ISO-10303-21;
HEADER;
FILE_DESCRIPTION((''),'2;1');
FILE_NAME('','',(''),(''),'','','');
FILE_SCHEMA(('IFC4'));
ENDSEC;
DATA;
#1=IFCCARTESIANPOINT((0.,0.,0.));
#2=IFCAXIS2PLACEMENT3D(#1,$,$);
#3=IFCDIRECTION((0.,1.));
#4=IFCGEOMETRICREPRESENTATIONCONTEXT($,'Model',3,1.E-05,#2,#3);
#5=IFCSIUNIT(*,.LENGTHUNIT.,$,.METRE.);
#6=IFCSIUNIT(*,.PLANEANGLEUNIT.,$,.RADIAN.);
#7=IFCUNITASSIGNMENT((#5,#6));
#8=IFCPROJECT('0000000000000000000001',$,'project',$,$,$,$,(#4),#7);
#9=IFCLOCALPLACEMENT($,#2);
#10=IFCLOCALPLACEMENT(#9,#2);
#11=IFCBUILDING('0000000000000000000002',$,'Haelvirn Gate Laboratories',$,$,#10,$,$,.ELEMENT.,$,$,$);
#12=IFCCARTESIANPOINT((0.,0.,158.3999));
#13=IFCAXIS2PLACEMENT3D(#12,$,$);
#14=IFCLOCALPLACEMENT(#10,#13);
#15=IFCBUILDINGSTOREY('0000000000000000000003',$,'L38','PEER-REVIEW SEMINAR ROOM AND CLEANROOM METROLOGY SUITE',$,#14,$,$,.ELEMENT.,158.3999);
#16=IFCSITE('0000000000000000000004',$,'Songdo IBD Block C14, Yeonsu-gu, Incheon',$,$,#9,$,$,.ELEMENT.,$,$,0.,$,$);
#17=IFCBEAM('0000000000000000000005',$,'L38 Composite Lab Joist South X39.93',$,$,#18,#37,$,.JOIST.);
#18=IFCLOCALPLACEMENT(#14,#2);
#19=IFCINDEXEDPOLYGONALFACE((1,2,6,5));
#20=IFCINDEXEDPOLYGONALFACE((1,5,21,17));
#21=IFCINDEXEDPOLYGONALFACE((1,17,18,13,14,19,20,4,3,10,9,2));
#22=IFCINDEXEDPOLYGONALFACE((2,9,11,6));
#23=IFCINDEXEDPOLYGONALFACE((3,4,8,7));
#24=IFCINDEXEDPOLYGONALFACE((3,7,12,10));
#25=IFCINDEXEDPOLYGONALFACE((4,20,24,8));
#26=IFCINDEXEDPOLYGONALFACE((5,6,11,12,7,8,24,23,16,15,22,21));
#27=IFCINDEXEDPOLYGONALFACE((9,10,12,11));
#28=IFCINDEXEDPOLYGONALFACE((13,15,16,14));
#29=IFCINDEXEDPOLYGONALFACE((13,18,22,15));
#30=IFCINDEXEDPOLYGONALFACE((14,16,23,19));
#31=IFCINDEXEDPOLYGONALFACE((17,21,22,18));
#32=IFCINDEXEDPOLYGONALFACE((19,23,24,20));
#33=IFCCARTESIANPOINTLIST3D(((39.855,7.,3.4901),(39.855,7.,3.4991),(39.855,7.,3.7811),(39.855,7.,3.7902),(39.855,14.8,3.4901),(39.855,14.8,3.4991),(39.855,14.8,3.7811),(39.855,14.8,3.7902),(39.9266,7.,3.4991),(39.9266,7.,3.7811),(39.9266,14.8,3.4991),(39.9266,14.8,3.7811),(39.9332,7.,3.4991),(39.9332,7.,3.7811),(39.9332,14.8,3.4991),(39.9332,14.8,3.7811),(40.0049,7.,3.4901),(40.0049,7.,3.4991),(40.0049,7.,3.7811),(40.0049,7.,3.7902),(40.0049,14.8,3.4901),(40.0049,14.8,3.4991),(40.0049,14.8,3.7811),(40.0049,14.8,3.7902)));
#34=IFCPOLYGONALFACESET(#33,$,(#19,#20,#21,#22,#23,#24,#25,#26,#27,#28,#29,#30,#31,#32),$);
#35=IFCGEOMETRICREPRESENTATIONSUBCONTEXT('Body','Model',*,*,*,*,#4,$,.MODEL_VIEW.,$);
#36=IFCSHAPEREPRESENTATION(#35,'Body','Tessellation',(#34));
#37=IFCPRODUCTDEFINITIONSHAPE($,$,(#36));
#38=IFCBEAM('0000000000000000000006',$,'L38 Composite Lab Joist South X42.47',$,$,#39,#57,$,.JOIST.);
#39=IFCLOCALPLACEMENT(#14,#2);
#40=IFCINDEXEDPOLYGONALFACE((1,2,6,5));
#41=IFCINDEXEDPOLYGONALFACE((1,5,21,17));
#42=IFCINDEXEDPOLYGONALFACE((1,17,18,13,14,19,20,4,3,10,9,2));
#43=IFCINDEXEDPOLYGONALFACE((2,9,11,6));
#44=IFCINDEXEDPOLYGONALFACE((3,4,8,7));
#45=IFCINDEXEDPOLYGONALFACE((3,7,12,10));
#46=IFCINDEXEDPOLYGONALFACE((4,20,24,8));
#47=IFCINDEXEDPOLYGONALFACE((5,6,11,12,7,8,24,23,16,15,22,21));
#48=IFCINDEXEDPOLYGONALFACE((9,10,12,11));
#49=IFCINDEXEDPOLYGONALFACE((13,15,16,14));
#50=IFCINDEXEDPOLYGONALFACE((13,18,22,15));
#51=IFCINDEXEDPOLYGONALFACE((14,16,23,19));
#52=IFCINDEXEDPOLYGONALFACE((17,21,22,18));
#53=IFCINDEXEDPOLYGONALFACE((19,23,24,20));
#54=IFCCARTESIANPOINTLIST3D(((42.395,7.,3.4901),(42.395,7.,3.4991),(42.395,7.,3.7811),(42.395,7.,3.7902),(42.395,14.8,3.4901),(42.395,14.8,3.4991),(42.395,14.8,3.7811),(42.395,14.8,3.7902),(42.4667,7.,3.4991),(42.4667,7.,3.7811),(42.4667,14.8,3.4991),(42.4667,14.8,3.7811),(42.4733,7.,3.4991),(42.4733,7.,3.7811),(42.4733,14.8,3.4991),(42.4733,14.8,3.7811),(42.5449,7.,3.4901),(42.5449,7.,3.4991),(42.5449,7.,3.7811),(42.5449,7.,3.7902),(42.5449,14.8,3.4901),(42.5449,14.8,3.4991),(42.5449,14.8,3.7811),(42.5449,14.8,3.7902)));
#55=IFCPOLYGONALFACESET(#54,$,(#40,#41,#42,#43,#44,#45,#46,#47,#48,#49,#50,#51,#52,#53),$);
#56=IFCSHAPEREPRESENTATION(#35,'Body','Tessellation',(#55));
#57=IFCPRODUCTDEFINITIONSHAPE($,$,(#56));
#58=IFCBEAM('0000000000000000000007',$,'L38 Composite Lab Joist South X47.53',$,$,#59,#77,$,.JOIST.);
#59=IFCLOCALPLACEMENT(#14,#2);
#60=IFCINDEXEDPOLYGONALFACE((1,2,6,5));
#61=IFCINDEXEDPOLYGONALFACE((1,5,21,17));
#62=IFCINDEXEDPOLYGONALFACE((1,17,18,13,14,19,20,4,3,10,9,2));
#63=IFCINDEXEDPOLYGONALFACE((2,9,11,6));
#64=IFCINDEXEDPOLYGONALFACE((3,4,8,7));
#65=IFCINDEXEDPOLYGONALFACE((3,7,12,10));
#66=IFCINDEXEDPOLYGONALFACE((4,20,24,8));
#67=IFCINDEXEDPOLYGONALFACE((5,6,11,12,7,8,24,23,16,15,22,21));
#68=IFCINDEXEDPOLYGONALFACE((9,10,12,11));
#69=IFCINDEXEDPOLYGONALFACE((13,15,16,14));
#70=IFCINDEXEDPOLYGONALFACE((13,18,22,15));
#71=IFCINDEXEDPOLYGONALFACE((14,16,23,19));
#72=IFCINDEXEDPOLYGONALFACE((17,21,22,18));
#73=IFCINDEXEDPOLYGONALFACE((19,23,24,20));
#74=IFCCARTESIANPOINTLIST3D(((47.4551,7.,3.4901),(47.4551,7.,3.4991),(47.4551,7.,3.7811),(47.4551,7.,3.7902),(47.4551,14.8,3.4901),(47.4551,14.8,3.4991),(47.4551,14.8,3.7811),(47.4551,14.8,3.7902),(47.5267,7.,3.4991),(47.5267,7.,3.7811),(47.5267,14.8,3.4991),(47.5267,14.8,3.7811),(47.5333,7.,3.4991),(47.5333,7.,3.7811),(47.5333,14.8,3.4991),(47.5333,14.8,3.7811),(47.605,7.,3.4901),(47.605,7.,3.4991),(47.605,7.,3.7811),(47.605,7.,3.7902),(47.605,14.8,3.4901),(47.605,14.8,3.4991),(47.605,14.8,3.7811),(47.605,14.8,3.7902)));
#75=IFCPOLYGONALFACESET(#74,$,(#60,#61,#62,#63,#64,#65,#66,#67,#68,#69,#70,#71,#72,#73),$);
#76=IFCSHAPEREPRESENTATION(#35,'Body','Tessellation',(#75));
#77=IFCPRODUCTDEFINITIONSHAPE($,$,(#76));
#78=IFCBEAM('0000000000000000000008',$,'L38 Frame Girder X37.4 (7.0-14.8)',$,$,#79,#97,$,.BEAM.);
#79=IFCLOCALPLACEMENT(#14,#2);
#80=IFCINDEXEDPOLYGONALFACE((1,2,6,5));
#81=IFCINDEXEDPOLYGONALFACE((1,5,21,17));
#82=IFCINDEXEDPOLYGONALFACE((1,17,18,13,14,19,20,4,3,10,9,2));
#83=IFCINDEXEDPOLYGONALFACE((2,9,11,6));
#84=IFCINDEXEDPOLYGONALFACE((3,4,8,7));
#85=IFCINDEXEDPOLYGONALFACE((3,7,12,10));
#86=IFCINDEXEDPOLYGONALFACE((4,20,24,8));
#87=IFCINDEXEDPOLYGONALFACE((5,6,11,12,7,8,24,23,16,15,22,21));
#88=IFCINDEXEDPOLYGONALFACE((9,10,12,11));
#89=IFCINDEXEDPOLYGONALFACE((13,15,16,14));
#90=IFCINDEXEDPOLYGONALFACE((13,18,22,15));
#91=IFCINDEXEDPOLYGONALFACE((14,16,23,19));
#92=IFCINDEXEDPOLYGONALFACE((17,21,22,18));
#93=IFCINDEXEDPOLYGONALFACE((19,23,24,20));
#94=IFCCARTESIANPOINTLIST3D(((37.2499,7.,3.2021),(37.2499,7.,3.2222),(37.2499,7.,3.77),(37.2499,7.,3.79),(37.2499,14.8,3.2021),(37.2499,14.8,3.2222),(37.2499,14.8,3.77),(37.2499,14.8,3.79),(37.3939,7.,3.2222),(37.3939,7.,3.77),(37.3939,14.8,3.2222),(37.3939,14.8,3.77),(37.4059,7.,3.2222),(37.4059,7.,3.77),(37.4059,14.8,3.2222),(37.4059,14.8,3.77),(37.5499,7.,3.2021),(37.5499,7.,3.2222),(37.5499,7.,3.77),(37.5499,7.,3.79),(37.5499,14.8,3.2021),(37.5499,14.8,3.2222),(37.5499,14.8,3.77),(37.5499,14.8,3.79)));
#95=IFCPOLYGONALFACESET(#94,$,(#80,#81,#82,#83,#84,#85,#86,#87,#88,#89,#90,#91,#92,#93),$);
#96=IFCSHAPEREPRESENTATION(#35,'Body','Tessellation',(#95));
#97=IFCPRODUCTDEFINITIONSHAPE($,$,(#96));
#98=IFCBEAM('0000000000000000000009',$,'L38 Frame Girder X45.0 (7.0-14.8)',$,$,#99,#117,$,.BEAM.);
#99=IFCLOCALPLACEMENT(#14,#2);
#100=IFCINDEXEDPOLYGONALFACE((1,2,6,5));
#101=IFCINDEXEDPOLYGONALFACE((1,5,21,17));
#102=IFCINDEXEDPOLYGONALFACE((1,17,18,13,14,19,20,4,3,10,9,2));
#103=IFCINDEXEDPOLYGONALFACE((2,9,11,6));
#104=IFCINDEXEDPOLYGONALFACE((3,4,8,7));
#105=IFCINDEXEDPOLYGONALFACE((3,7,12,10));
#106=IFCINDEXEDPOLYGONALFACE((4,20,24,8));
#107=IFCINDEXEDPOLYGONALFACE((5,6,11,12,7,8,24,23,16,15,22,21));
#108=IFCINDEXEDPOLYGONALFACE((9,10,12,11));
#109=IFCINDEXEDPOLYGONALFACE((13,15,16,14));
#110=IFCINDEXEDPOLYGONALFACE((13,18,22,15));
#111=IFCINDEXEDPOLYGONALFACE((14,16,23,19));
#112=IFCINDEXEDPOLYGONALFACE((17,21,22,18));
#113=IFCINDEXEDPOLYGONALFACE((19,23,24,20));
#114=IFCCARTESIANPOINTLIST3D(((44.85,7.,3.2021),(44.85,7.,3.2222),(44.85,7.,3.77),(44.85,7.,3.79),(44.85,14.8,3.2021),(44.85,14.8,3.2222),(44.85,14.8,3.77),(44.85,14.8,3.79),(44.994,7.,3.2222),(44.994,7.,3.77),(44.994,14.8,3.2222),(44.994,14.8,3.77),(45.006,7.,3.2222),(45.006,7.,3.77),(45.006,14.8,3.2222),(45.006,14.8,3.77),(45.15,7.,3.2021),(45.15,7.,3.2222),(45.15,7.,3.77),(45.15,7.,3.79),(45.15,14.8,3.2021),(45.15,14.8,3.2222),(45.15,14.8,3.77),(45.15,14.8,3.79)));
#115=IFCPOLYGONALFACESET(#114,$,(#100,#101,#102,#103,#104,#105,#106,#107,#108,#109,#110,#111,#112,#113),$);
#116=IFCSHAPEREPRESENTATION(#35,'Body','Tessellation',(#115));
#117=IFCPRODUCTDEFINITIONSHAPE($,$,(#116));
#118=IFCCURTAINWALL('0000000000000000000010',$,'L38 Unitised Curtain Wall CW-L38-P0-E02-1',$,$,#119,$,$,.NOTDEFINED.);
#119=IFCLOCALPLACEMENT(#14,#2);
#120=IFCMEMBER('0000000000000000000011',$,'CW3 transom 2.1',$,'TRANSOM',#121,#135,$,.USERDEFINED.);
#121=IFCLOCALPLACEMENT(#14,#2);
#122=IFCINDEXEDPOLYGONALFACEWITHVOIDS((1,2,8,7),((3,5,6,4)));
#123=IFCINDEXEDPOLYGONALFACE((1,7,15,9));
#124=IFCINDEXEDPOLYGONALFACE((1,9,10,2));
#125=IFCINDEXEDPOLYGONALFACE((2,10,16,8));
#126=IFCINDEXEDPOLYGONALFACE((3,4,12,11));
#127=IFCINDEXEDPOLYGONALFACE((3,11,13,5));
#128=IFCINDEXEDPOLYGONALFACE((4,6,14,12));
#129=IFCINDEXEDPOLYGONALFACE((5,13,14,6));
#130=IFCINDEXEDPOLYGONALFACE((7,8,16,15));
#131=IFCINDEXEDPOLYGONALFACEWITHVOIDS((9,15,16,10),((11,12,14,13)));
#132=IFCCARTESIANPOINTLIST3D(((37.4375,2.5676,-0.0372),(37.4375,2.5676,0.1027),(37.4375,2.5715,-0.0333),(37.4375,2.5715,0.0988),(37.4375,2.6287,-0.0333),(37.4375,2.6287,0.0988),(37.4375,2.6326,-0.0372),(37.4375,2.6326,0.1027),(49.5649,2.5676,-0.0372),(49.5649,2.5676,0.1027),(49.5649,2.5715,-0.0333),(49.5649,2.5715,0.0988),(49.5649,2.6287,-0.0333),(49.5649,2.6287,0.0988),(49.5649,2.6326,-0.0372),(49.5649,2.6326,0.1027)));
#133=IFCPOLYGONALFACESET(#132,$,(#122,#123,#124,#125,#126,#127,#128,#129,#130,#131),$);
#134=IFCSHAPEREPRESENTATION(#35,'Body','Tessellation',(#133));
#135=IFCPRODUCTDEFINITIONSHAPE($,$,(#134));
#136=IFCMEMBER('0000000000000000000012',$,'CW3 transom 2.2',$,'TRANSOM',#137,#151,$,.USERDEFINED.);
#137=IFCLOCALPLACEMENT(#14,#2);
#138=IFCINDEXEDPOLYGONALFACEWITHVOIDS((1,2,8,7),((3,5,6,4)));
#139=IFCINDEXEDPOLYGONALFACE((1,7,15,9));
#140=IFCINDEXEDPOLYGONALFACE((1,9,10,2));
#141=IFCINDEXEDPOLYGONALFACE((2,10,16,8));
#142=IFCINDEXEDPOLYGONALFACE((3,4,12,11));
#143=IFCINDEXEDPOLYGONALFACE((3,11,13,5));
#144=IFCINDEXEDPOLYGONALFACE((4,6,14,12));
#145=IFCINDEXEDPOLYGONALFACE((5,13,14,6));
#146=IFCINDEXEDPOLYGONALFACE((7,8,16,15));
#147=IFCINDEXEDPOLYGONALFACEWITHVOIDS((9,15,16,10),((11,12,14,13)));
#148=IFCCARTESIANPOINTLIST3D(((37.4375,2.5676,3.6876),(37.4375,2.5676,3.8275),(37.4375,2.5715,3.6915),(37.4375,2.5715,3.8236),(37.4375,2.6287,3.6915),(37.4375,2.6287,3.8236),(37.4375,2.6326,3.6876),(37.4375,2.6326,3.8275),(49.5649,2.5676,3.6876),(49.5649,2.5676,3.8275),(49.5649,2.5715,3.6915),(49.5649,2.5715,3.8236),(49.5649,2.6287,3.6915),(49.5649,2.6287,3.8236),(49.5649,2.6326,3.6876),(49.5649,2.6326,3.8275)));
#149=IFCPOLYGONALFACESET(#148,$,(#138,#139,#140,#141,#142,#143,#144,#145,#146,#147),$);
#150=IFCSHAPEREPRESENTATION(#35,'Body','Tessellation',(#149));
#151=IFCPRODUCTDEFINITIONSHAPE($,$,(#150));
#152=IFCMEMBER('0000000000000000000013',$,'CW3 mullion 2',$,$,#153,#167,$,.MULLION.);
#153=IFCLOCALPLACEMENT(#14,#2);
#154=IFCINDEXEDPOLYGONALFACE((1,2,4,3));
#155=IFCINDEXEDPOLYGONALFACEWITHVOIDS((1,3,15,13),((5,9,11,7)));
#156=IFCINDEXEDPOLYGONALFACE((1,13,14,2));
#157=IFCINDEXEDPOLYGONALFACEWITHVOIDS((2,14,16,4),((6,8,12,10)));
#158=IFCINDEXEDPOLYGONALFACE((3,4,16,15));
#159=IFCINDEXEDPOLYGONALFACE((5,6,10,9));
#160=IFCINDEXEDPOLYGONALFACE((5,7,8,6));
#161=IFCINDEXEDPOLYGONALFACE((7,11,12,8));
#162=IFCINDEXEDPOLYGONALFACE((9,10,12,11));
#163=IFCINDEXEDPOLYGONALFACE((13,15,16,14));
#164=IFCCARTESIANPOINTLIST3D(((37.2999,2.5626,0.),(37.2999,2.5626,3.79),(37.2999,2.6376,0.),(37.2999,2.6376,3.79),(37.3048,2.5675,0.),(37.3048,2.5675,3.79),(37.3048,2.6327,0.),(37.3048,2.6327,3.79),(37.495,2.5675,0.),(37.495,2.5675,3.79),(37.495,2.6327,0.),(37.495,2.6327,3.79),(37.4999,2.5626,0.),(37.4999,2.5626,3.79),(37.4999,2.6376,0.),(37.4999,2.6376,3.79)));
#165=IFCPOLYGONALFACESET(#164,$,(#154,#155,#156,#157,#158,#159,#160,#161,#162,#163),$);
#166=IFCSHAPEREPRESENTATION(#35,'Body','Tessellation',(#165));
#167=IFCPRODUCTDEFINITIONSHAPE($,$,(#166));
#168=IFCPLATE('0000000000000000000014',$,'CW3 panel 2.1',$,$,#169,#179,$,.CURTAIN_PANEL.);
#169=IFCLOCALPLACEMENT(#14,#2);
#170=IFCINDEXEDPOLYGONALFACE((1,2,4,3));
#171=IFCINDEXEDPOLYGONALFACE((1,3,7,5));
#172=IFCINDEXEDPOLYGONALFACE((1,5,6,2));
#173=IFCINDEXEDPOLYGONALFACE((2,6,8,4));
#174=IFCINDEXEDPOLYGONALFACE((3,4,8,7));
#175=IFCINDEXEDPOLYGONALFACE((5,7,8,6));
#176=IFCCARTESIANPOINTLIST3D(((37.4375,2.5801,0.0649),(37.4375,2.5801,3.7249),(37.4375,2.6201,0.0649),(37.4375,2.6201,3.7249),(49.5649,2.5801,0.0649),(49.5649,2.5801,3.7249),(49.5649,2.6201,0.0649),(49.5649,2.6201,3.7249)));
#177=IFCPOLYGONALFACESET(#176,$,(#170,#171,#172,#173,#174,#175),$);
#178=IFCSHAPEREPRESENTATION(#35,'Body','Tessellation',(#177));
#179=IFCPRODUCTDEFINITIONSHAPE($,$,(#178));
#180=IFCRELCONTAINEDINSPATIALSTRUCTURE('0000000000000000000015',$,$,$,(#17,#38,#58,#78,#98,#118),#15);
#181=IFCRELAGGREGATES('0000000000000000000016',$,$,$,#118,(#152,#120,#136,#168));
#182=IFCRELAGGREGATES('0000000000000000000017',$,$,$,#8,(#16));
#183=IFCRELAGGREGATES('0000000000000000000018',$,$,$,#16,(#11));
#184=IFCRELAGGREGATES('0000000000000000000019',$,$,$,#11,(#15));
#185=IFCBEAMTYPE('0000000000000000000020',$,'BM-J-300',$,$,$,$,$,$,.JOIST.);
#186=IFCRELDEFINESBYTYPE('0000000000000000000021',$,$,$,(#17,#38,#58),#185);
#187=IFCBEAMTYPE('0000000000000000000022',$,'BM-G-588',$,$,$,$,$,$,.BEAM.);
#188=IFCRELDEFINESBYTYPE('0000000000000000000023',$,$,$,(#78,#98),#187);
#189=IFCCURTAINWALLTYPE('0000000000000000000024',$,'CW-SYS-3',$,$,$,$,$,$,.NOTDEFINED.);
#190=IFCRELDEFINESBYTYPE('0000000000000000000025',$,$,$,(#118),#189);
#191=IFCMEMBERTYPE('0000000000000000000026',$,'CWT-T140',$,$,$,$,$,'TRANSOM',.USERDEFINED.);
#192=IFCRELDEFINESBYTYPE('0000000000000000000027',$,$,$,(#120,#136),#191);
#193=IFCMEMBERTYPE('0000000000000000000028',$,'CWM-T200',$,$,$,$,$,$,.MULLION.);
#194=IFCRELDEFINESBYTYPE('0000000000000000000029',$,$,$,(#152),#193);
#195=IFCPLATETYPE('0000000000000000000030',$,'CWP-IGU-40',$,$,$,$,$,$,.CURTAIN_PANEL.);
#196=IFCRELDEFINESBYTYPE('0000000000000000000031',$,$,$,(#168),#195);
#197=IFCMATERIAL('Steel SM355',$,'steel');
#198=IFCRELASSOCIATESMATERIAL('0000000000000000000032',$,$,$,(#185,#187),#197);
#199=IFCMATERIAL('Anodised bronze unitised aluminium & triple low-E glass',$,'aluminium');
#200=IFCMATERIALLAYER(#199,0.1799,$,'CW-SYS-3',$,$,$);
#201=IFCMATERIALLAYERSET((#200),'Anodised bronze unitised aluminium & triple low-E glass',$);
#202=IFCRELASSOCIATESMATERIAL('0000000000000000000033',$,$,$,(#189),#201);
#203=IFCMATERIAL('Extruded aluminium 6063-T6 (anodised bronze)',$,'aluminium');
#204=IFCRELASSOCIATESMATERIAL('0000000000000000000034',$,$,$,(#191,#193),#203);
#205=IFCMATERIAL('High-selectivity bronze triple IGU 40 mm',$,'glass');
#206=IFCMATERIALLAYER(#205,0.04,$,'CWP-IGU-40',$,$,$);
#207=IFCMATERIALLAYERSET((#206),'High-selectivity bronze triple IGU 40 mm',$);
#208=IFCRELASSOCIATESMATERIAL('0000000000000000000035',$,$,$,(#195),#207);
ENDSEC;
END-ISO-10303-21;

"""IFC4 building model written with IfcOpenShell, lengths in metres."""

from ifc_helpers import new_model, si_unit, direction, frame, origin, origin_2d, place, context, subcontext, project, spatial, rectangle, hollow_rectangle, i_section, extrude, source, transform, mapped, material, layer, layer_set, material_profile, profile_set, type_object, type_shapes, element, aggregate, save


model = new_model("IFC4")

# Units and contexts
model_context = context("Model", 3, precision=1e-05, world=origin(), true_north=direction((0.0, 1.0)))
body_context = subcontext(model_context, "Body", "Model", "MODEL_VIEW")
ifc_project = project(units=[si_unit("LENGTHUNIT", "METRE"), si_unit("PLANEANGLEUNIT", "RADIAN")], contexts=[model_context])

# Site, building, storey
site_placement = place(None, origin())
site = spatial("IfcSite", under=ifc_project, at=site_placement, Name="Songdo IBD Block C14, Yeonsu-gu, Incheon", CompositionType="ELEMENT", RefElevation=0.0)
building_placement = place(site_placement, origin())
building = spatial("IfcBuilding", under=site, at=building_placement, Name="Haelvirn Gate Laboratories", CompositionType="ELEMENT")
storey_placement = place(building_placement, frame((0.0, 0.0, 158.3999)))
storey = spatial("IfcBuildingStorey", under=building, at=storey_placement, Name="L38", Description="PEER-REVIEW SEMINAR ROOM AND CLEANROOM METROLOGY SUITE", CompositionType="ELEMENT", Elevation=158.3999)

# Shared definitions
ifc_material_1 = material(Name="Steel SM355", Category="steel")

# Beams
ifc_material_profile_1 = material_profile(ifc_material_1, i_section(OverallWidth=0.1499, OverallDepth=0.3, WebThickness=0.0066, FlangeThickness=0.009, at=origin_2d()), Name="H-300x150x6.5x9")
ifc_profile_set_1 = profile_set([ifc_material_profile_1], Name="Steel SM355")
beam_type_1 = type_object("IfcBeamType", Name="BM-J-300", PredefinedType="JOIST", material=ifc_profile_set_1)
shared_shape_1 = source(origin(), body_context, "Body", "SweptSolid", [
    extrude(i_section(OverallWidth=0.1499, OverallDepth=0.3, WebThickness=0.0066, FlangeThickness=0.009, at=origin_2d()), origin(), (0.0, 0.0, 1.0), 7.8),
])
type_shapes(beam_type_1, [shared_shape_1])
for number, where, z_axis, x_axis, name in (
    (1, (39.9299, 7.0, 3.6401), (0.0, 1.0, 0.0), (-1.0, 0.0, 0.0), "L38 Composite Lab Joist South X39.93"),
    (2, (42.47, 7.0, 3.6401), (0.0, 1.0, 0.0), (-1.0, 0.0, 0.0), "L38 Composite Lab Joist South X42.47"),
    (3, (47.53, 7.0, 3.6401), (0.0, 1.0, 0.0), (-1.0, 0.0, 0.0), "L38 Composite Lab Joist South X47.53"),
):
    element("IfcBeam", number, at=place(storey_placement, frame(where, z_axis=z_axis, x_axis=x_axis)), inside=storey, type_object=beam_type_1, Name=name, PredefinedType="JOIST", context=body_context, shape_type="MappedRepresentation", body=[
        mapped(shared_shape_1, transform((0.0, 0.0, 0.0), scale=1.0)),
    ])
ifc_material_profile_2 = material_profile(ifc_material_1, i_section(OverallWidth=0.3, OverallDepth=0.5879, WebThickness=0.012, FlangeThickness=0.02, at=origin_2d()), Name="H-588x300x12x20")
ifc_profile_set_2 = profile_set([ifc_material_profile_2], Name="Steel SM355")
beam_type_2 = type_object("IfcBeamType", Name="BM-G-588", PredefinedType="BEAM", material=ifc_profile_set_2)
shared_shape_2 = source(origin(), body_context, "Body", "SweptSolid", [
    extrude(i_section(OverallWidth=0.3, OverallDepth=0.5879, WebThickness=0.012, FlangeThickness=0.02, at=origin_2d()), origin(), (0.0, 0.0, 1.0), 7.8),
])
type_shapes(beam_type_2, [shared_shape_2])
for number, where, z_axis, x_axis, name in (
    (4, (37.3999, 7.0, 3.4961), (0.0, 1.0, 0.0), (-1.0, 0.0, 0.0), "L38 Frame Girder X37.4 (7.0-14.8)"),
    (5, (45.0, 7.0, 3.4961), (0.0, 1.0, 0.0), (-1.0, 0.0, 0.0), "L38 Frame Girder X45.0 (7.0-14.8)"),
):
    element("IfcBeam", number, at=place(storey_placement, frame(where, z_axis=z_axis, x_axis=x_axis)), inside=storey, type_object=beam_type_2, Name=name, PredefinedType="BEAM", context=body_context, shape_type="MappedRepresentation", body=[
        mapped(shared_shape_2, transform((0.0, 0.0, 0.0), scale=1.0)),
    ])

# Curtain wall, members, plate
ifc_material_2 = material(Name="Anodised bronze unitised aluminium & triple low-E glass", Category="aluminium")
ifc_layer_1 = layer(ifc_material_2, 0.1799, Name="CW-SYS-3")
ifc_layer_set_1 = layer_set([ifc_layer_1], Name="Anodised bronze unitised aluminium & triple low-E glass")
curtain_wall_type = type_object("IfcCurtainWallType", Name="CW-SYS-3", PredefinedType="NOTDEFINED", material=ifc_layer_set_1)
curtain_wall_placement = place(storey_placement, origin())
curtain_wall = element("IfcCurtainWall", 6, at=curtain_wall_placement, inside=storey, type_object=curtain_wall_type, Name="L38 Unitised Curtain Wall CW-L38-P0-E02-1", PredefinedType="NOTDEFINED")
ifc_material_3 = material(Name="Extruded aluminium 6063-T6 (anodised bronze)", Category="aluminium")
ifc_material_profile_3 = material_profile(ifc_material_3, hollow_rectangle(XDim=0.0649, YDim=0.1399, WallThickness=0.0039, at=origin_2d()), Name="CWT-140x65x4")
ifc_profile_set_3 = profile_set([ifc_material_profile_3], Name="Extruded aluminium 6063-T6 (anodised bronze)")
member_type_1 = type_object("IfcMemberType", Name="CWT-T140", ElementType="TRANSOM", PredefinedType="USERDEFINED", material=ifc_profile_set_3)
shared_shape_3 = source(origin(), body_context, "Body", "SweptSolid", [
    extrude(hollow_rectangle(XDim=0.0649, YDim=0.1399, WallThickness=0.0039, at=origin_2d()), origin(), (0.0, 0.0, 1.0), 12.1274),
])
type_shapes(member_type_1, [shared_shape_3])
member_1_placement = place(storey_placement, frame((37.4375, 2.6001, 0.0327), z_axis=(1.0, 0.0, 0.0), x_axis=(0.0, 1.0, 0.0)))
member_1 = element("IfcMember", 7, at=member_1_placement, type_object=member_type_1, Name="CW3 transom 2.1", ObjectType="TRANSOM", PredefinedType="USERDEFINED", context=body_context, shape_type="MappedRepresentation", body=[
    mapped(shared_shape_3, transform((0.0, 0.0, 0.0), scale=1.0)),
])
member_2_placement = place(storey_placement, frame((37.4375, 2.6001, 3.7576), z_axis=(1.0, 0.0, 0.0), x_axis=(0.0, 1.0, 0.0)))
member_2 = element("IfcMember", 8, at=member_2_placement, type_object=member_type_1, Name="CW3 transom 2.2", ObjectType="TRANSOM", PredefinedType="USERDEFINED", context=body_context, shape_type="MappedRepresentation", body=[
    mapped(shared_shape_3, transform((0.0, 0.0, 0.0), scale=1.0)),
])
ifc_material_profile_4 = material_profile(ifc_material_3, hollow_rectangle(XDim=0.075, YDim=0.2, WallThickness=0.0049, at=origin_2d()), Name="CWM-200x75x5")
ifc_profile_set_4 = profile_set([ifc_material_profile_4], Name="Extruded aluminium 6063-T6 (anodised bronze)")
member_type_2 = type_object("IfcMemberType", Name="CWM-T200", PredefinedType="MULLION", material=ifc_profile_set_4)
shared_shape_4 = source(origin(), body_context, "Body", "SweptSolid", [
    extrude(hollow_rectangle(XDim=0.075, YDim=0.2, WallThickness=0.0049, at=origin_2d()), origin(), (0.0, 0.0, 1.0), 3.79),
])
type_shapes(member_type_2, [shared_shape_4])
member_3_placement = place(storey_placement, frame((37.3999, 2.6001, 0.0), z_axis=(0.0, 0.0, 1.0), x_axis=(0.0, 1.0, 0.0)))
member_3 = element("IfcMember", 9, at=member_3_placement, type_object=member_type_2, Name="CW3 mullion 2", PredefinedType="MULLION", context=body_context, shape_type="MappedRepresentation", body=[
    mapped(shared_shape_4, transform((0.0, 0.0, 0.0), scale=1.0)),
])
ifc_material_4 = material(Name="High-selectivity bronze triple IGU 40 mm", Category="glass")
ifc_layer_2 = layer(ifc_material_4, 0.04, Name="CWP-IGU-40")
ifc_layer_set_2 = layer_set([ifc_layer_2], Name="High-selectivity bronze triple IGU 40 mm")
plate_type = type_object("IfcPlateType", Name="CWP-IGU-40", PredefinedType="CURTAIN_PANEL", material=ifc_layer_set_2)
shared_shape_5 = source(origin(), body_context, "Body", "SweptSolid", [
    extrude(rectangle(XDim=12.1274, YDim=0.04, at=origin_2d()), origin(), (0.0, 0.0, 1.0), 3.6599),
])
type_shapes(plate_type, [shared_shape_5])
plate_placement = place(storey_placement, frame((43.5012, 2.6001, 0.0649), z_axis=(0.0, 0.0, 1.0), x_axis=(1.0, 0.0, 0.0)))
plate = element("IfcPlate", 10, at=plate_placement, type_object=plate_type, Name="CW3 panel 2.1", PredefinedType="CURTAIN_PANEL", context=body_context, shape_type="MappedRepresentation", body=[
    mapped(shared_shape_5, transform((0.0, 0.0, 0.0), scale=1.0)),
])
aggregate(curtain_wall, [member_3, member_1, member_2, plate])

save(model, "model.ifc")
